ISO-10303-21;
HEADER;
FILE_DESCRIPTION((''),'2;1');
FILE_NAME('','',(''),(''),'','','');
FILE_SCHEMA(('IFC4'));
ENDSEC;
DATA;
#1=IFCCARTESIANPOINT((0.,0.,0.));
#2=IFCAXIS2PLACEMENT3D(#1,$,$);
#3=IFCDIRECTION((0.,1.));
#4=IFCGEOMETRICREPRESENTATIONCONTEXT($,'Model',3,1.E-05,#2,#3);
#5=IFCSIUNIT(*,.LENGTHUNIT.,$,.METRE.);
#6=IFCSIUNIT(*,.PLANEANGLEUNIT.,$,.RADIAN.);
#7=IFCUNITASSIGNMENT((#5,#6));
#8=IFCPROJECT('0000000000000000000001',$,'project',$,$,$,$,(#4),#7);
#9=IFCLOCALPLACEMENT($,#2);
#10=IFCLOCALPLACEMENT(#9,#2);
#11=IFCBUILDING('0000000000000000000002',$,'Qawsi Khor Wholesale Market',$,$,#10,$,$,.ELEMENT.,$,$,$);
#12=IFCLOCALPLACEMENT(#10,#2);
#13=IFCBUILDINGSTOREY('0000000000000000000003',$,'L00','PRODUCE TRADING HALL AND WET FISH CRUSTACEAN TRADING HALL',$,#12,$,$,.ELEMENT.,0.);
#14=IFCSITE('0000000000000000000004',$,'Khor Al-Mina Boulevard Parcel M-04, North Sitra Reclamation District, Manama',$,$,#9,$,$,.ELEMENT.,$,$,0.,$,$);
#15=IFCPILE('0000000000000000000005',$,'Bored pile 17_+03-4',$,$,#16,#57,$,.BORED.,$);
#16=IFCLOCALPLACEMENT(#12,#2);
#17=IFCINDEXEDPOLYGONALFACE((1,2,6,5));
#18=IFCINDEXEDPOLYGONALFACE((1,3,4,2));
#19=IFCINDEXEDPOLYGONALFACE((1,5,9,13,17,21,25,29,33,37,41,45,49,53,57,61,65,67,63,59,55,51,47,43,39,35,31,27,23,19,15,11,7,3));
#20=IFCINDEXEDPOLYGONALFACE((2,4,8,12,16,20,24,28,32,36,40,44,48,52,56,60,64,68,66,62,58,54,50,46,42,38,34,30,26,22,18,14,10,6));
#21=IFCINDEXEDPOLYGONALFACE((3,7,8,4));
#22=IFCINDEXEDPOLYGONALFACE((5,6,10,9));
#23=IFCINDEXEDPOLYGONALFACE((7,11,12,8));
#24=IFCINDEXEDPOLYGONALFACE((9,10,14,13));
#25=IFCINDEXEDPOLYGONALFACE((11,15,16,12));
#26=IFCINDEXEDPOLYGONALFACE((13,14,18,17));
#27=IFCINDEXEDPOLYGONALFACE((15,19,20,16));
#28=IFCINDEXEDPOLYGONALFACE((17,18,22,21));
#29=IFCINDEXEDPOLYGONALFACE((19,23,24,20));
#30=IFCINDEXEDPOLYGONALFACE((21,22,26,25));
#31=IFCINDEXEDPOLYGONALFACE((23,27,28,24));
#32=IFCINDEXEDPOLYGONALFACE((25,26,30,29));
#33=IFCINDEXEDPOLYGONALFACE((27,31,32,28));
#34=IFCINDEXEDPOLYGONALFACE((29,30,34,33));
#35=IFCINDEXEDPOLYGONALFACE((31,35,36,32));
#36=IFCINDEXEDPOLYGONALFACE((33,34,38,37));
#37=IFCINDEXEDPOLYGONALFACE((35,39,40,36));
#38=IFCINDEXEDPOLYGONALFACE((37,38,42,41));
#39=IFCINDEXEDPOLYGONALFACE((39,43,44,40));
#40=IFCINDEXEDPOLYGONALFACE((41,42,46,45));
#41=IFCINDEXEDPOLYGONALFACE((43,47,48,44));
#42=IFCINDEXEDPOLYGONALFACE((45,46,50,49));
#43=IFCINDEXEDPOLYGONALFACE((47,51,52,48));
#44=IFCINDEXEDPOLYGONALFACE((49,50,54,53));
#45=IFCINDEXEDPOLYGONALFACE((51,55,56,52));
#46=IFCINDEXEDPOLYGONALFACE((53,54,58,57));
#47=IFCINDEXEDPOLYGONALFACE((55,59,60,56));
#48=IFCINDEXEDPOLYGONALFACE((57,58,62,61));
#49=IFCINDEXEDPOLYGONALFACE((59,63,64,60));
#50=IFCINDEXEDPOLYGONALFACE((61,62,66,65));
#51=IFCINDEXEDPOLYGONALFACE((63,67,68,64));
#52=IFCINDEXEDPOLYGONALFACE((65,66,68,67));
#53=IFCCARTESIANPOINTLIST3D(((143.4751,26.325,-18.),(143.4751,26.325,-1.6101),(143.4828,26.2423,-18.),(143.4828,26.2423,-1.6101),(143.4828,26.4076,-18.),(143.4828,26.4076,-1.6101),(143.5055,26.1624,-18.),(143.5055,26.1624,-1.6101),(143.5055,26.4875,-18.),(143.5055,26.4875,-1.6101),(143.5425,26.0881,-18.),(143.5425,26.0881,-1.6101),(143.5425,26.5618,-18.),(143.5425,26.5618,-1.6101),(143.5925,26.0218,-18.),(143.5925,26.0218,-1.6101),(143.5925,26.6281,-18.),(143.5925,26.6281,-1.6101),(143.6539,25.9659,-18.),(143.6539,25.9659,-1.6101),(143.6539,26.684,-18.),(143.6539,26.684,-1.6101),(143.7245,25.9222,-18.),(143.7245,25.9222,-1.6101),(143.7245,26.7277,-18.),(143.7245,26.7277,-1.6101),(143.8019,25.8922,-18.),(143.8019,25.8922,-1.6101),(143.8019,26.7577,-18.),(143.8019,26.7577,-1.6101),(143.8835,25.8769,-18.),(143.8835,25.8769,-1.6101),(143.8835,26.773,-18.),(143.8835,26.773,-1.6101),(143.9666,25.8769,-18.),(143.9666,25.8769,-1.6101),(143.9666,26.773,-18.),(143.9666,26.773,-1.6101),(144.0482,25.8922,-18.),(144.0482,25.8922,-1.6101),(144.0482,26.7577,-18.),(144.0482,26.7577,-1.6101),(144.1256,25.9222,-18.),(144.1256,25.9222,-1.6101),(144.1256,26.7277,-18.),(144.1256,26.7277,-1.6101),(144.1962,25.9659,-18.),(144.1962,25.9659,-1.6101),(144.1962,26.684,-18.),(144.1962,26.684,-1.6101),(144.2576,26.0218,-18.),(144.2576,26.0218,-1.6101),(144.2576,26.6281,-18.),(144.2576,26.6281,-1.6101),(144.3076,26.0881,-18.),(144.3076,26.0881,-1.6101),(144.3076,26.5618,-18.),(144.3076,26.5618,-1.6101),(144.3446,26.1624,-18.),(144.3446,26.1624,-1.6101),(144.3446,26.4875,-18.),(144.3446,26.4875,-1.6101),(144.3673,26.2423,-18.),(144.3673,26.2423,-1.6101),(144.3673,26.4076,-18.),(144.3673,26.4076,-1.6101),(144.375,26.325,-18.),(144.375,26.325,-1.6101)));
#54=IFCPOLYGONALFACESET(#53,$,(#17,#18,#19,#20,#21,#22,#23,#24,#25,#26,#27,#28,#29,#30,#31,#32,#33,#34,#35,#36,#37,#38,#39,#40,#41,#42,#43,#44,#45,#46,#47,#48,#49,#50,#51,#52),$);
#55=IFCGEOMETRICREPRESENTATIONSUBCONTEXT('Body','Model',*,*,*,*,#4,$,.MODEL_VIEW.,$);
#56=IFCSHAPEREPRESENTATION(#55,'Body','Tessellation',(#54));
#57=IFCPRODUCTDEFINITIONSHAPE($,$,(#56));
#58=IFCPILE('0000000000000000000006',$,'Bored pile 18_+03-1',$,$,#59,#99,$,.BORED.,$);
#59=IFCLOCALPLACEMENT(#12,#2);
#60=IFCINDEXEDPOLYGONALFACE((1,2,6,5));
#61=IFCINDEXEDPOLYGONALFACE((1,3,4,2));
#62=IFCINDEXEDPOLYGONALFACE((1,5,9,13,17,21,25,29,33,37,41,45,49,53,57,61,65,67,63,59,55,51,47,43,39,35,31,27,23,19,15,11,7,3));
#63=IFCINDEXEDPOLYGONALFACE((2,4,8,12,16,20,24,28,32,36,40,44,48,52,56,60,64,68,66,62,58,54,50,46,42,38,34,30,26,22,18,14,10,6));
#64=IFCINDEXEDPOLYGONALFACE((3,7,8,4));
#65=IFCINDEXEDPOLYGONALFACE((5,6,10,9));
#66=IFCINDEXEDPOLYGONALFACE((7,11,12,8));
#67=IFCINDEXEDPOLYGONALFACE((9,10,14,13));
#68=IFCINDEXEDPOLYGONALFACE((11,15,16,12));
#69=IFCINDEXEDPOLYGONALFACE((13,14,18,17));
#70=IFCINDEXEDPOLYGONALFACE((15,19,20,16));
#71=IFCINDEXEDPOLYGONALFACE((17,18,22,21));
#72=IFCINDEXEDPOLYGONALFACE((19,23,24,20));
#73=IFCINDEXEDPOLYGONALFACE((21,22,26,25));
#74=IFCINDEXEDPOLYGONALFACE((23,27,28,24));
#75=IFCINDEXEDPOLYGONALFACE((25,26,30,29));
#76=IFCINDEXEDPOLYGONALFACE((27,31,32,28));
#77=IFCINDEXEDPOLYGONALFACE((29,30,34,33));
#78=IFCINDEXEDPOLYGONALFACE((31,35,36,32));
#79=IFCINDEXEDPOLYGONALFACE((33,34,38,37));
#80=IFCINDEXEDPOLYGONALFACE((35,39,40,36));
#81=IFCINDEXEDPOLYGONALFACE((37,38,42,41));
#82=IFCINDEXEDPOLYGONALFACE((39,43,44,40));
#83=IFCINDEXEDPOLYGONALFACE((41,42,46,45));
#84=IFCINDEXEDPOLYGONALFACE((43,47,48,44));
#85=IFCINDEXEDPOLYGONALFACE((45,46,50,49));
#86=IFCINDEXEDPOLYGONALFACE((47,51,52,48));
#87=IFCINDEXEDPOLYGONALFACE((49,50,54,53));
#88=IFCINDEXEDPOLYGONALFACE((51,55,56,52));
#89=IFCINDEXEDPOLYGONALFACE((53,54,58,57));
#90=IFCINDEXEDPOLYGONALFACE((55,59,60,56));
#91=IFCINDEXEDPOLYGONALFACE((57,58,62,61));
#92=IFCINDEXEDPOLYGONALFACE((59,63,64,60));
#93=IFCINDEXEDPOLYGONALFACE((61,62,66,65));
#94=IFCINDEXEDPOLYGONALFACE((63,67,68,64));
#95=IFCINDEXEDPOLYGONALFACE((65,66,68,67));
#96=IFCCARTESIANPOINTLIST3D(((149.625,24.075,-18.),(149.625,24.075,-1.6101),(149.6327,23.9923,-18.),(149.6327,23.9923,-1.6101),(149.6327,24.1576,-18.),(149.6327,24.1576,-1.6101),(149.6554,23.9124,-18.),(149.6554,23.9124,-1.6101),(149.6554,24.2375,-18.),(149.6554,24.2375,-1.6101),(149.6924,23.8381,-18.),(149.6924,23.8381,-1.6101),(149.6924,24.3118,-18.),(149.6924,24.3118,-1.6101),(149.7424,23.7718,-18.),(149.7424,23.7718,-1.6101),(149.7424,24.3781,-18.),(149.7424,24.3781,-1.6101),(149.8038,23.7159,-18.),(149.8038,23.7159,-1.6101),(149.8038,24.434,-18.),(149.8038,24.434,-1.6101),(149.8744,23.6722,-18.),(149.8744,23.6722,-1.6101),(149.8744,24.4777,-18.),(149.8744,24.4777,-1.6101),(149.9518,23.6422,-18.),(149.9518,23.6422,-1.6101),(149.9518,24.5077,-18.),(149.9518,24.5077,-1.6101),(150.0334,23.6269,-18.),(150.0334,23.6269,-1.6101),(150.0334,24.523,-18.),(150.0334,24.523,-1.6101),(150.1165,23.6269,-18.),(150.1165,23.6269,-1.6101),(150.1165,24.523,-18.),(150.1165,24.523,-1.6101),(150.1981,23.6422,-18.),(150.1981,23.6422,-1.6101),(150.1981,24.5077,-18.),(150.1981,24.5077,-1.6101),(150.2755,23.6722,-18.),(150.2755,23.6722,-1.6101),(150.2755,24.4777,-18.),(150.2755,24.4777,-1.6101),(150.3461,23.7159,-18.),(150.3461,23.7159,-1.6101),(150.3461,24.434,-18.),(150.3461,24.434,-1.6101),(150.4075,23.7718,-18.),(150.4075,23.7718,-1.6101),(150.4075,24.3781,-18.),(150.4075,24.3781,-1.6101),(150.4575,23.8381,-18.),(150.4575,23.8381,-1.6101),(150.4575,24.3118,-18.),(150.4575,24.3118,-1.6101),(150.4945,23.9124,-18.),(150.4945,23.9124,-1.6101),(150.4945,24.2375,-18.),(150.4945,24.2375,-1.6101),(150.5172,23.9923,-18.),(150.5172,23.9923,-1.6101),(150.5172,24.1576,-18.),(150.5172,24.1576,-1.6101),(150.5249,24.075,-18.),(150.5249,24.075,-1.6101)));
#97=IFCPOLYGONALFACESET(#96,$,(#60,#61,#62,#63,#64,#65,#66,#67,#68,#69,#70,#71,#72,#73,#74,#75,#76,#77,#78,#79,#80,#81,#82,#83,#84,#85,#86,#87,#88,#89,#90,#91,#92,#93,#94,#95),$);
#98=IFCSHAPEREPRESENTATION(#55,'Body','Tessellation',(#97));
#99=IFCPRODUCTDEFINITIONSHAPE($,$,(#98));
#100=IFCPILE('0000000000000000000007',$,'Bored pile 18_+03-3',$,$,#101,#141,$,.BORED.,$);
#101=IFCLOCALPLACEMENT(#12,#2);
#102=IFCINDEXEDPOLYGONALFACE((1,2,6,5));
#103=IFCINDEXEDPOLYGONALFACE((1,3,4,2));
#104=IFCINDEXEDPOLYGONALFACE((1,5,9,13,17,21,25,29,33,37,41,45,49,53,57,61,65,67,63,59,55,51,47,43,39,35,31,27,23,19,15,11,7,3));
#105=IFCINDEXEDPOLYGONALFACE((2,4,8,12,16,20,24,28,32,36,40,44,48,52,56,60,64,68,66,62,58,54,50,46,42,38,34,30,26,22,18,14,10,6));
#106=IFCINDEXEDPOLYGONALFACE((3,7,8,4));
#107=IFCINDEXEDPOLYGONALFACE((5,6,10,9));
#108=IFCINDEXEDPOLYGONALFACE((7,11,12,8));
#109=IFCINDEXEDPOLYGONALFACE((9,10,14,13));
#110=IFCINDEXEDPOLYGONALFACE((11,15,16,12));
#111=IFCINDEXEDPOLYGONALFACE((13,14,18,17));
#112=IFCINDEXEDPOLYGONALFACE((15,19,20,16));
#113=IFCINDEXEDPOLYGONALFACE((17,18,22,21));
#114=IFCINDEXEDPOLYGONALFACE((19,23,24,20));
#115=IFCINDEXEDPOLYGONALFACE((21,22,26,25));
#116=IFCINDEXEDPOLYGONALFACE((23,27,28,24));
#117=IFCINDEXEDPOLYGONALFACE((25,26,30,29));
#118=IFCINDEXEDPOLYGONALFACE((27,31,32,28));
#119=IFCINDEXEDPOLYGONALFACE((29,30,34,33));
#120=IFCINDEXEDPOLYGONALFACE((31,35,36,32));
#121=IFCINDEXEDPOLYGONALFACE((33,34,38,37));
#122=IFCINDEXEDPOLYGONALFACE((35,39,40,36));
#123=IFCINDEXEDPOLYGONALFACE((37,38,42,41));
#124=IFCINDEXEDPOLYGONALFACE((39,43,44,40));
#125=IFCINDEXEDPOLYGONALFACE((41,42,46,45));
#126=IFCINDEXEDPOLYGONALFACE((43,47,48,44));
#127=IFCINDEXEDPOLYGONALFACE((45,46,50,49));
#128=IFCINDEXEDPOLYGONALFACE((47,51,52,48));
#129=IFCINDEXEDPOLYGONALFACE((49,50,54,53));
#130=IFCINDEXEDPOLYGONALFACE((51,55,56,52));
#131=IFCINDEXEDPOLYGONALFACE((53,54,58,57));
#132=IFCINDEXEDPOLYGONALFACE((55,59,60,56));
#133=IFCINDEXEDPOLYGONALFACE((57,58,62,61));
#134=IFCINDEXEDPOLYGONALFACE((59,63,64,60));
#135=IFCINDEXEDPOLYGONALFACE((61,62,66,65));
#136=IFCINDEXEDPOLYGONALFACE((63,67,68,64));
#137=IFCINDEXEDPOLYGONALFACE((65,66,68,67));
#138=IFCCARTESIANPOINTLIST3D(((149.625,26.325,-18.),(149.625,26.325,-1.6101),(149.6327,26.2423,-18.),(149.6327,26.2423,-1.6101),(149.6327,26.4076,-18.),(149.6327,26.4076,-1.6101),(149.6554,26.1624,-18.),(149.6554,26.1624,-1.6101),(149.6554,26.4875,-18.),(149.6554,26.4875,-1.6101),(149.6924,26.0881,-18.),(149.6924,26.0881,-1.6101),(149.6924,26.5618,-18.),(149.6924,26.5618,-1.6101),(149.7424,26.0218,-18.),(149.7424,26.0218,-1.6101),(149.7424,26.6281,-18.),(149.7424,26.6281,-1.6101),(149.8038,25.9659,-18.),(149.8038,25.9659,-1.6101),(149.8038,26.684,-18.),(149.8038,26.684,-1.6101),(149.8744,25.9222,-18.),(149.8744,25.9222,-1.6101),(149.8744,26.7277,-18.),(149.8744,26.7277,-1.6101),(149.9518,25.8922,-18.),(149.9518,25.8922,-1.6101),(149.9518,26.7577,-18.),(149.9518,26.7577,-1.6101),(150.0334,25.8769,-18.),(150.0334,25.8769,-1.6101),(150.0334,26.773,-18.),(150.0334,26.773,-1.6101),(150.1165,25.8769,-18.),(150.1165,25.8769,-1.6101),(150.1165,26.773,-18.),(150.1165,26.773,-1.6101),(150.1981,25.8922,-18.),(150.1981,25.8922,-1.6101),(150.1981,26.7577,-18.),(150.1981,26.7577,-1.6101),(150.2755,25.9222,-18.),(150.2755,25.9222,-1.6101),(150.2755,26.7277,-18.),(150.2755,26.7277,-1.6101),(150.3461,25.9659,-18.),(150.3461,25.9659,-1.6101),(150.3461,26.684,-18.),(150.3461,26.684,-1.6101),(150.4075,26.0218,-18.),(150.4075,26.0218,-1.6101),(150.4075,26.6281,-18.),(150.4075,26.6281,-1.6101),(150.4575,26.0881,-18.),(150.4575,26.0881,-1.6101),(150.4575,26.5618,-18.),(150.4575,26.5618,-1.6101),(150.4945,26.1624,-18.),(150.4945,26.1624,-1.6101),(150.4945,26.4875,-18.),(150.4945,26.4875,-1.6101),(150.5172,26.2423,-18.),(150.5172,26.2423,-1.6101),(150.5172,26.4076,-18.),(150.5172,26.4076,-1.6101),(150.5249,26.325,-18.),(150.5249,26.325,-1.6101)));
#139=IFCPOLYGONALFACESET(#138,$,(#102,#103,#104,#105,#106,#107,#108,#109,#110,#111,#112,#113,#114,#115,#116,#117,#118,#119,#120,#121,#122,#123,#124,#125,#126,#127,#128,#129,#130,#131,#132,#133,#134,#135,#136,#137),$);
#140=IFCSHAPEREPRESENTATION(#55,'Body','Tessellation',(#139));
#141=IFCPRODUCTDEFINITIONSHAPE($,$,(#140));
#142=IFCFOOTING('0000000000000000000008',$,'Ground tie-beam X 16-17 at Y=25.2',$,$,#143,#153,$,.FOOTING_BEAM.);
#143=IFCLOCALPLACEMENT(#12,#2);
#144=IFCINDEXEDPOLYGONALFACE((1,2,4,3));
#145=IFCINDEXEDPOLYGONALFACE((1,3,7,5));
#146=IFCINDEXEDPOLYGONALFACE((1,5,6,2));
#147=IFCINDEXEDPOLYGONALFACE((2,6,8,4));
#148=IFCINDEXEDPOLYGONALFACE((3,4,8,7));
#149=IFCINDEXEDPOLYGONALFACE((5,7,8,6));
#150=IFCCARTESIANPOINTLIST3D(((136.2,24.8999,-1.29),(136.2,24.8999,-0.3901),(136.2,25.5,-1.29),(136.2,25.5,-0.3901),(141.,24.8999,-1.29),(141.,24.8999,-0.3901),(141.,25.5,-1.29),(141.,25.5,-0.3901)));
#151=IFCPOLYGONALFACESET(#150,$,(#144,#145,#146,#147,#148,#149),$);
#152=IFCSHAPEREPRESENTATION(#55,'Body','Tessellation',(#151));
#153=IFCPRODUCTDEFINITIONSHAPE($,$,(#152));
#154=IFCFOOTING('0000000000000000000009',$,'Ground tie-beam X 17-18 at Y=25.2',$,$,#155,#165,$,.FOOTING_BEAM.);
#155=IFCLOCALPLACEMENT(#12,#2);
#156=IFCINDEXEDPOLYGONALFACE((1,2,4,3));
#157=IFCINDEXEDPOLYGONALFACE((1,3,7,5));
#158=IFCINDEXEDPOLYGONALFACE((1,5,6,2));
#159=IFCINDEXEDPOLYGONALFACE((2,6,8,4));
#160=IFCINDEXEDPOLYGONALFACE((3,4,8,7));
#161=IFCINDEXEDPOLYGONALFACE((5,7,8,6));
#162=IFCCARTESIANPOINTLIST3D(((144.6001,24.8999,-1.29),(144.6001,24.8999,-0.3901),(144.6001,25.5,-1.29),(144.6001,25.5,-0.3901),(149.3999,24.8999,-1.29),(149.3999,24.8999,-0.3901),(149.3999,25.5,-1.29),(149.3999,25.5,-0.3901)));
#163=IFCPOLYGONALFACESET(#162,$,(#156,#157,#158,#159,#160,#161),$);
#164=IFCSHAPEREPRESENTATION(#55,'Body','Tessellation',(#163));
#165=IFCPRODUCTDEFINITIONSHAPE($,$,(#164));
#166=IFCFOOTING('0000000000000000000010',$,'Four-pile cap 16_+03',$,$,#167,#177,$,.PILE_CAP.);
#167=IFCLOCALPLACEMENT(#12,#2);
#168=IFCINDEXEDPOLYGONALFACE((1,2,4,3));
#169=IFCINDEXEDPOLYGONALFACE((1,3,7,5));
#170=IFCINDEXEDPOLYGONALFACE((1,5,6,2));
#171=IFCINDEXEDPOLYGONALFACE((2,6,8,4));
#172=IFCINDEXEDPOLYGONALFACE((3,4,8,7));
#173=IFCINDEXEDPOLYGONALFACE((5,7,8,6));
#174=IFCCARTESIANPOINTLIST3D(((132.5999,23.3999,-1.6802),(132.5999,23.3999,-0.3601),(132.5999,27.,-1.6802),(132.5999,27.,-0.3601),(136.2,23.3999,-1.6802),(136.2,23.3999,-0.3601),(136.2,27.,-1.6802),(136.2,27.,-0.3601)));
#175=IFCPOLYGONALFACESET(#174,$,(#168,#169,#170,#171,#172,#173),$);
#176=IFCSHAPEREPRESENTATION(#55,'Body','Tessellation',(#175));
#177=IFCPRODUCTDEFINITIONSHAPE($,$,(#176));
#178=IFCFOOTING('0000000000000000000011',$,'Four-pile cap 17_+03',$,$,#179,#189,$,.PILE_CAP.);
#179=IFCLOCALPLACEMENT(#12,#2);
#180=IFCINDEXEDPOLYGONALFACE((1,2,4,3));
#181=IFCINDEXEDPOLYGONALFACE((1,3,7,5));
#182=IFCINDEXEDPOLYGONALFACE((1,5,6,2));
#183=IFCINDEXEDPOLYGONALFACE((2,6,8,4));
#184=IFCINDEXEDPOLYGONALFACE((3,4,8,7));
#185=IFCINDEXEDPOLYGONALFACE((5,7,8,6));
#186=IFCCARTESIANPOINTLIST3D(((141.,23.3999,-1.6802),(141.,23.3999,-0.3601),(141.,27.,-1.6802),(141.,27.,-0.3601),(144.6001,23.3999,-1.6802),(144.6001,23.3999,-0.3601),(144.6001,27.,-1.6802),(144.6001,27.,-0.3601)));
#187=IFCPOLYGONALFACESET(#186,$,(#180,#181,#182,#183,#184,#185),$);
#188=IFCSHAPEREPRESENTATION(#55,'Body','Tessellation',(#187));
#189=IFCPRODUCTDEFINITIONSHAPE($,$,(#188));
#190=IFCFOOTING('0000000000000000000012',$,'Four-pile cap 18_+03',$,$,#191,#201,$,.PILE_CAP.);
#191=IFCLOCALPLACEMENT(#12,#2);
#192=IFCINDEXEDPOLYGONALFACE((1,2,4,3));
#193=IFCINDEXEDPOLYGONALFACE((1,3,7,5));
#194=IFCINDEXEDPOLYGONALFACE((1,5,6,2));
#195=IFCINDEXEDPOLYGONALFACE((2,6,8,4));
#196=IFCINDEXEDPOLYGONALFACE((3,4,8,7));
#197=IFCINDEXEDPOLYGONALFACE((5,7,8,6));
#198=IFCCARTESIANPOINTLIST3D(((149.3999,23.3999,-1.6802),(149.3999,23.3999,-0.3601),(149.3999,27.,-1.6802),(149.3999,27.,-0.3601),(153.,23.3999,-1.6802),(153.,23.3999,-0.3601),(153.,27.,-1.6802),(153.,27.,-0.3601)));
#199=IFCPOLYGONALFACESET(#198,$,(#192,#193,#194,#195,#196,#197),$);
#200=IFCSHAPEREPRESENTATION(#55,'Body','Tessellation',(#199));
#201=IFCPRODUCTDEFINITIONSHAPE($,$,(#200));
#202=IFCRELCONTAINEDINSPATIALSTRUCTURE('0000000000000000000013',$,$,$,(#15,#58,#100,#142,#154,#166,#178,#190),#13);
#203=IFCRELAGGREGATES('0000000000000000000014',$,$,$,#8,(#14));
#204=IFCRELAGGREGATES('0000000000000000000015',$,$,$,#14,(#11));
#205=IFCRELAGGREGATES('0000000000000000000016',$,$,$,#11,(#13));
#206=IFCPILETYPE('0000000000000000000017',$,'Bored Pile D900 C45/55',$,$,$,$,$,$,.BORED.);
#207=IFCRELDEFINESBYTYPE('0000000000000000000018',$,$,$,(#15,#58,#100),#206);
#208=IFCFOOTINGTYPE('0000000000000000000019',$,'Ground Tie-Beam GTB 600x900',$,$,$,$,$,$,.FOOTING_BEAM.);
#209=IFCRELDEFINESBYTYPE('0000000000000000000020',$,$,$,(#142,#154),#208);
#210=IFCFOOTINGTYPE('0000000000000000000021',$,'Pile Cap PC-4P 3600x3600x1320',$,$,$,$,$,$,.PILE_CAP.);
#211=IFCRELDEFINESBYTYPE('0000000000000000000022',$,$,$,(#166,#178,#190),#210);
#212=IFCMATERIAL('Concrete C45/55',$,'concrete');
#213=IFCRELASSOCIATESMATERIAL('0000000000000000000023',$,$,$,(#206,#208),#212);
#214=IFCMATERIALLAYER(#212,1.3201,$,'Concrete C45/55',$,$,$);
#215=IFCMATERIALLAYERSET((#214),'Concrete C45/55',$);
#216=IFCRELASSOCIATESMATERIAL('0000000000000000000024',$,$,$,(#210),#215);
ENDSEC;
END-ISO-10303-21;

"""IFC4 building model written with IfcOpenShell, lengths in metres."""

from ifc_helpers import new_model, si_unit, direction, frame, origin, origin_2d, place, context, subcontext, project, spatial, rectangle, circle, extrude, material, layer, layer_set, material_profile, profile_set, type_object, element, save


model = new_model("IFC4")

# Units and contexts
model_context = context("Model", 3, precision=1e-05, world=origin(), true_north=direction((0.0, 1.0)))
body_context = subcontext(model_context, "Body", "Model", "MODEL_VIEW")
ifc_project = project(units=[si_unit("LENGTHUNIT", "METRE"), si_unit("PLANEANGLEUNIT", "RADIAN")], contexts=[model_context])

# Site, building, storey
site_placement = place(None, origin())
site = spatial("IfcSite", under=ifc_project, at=site_placement, Name="Khor Al-Mina Boulevard Parcel M-04, North Sitra Reclamation District, Manama", CompositionType="ELEMENT", RefElevation=0.0)
building_placement = place(site_placement, origin())
building = spatial("IfcBuilding", under=site, at=building_placement, Name="Qawsi Khor Wholesale Market", CompositionType="ELEMENT")
storey_placement = place(building_placement, origin())
storey = spatial("IfcBuildingStorey", under=building, at=storey_placement, Name="L00", Description="PRODUCE TRADING HALL AND WET FISH CRUSTACEAN TRADING HALL", CompositionType="ELEMENT", Elevation=0.0)

# Piles
ifc_material_1 = material(Name="Concrete C45/55", Category="concrete")
ifc_material_profile_1 = material_profile(ifc_material_1, circle(Radius=0.45, at=origin_2d()), Name="PILE D900")
ifc_profile_set_1 = profile_set([ifc_material_profile_1], Name="Concrete C45/55")
pile_type = type_object("IfcPileType", Name="Bored Pile D900 C45/55", PredefinedType="BORED", material=ifc_profile_set_1)
for number, where, z_axis, x_axis, name in (
    (1, (143.925, 26.325, -1.6101), (0.0, 0.0, -1.0), (1.0, 0.0, 0.0), "Bored pile 17_+03-4"),
    (2, (150.075, 24.075, -1.6101), (0.0, 0.0, -1.0), (1.0, 0.0, 0.0), "Bored pile 18_+03-1"),
    (3, (150.075, 26.325, -1.6101), (0.0, 0.0, -1.0), (1.0, 0.0, 0.0), "Bored pile 18_+03-3"),
):
    element("IfcPile", number, at=place(storey_placement, frame(where, z_axis=z_axis, x_axis=x_axis)), inside=storey, type_object=pile_type, Name=name, PredefinedType="BORED", context=body_context, shape_type="SweptSolid", body=[
        extrude(circle(Radius=0.45, at=origin_2d()), origin(), (0.0, 0.0, 1.0), 16.3899),
    ])

# Footings
ifc_material_profile_2 = material_profile(ifc_material_1, rectangle(XDim=0.6001, YDim=0.8999, at=origin_2d()), Name="RC 600x900")
ifc_profile_set_2 = profile_set([ifc_material_profile_2], Name="Concrete C45/55")
footing_type_1 = type_object("IfcFootingType", Name="Ground Tie-Beam GTB 600x900", PredefinedType="FOOTING_BEAM", material=ifc_profile_set_2)
footing_1_placement = place(storey_placement, frame((136.2, 25.2, -0.8401), z_axis=(1.0, 0.0, 0.0), x_axis=(0.0, 1.0, 0.0)))
element("IfcFooting", 4, at=footing_1_placement, inside=storey, type_object=footing_type_1, Name="Ground tie-beam X 16-17 at Y=25.2", PredefinedType="FOOTING_BEAM", context=body_context, shape_type="SweptSolid", body=[
    extrude(rectangle(XDim=0.6001, YDim=0.8999, at=origin_2d()), origin(), (0.0, 0.0, 1.0), 4.8),
])
footing_2_placement = place(storey_placement, frame((144.6001, 25.2, -0.8401), z_axis=(1.0, 0.0, 0.0), x_axis=(0.0, 1.0, 0.0)))
element("IfcFooting", 5, at=footing_2_placement, inside=storey, type_object=footing_type_1, Name="Ground tie-beam X 17-18 at Y=25.2", PredefinedType="FOOTING_BEAM", context=body_context, shape_type="SweptSolid", body=[
    extrude(rectangle(XDim=0.6001, YDim=0.8999, at=origin_2d()), origin(), (0.0, 0.0, 1.0), 4.7998),
])
ifc_layer_1 = layer(ifc_material_1, 1.3201, Name="Concrete C45/55")
ifc_layer_set_1 = layer_set([ifc_layer_1], Name="Concrete C45/55")
footing_type_2 = type_object("IfcFootingType", Name="Pile Cap PC-4P 3600x3600x1320", PredefinedType="PILE_CAP", material=ifc_layer_set_1)
for number, where, z_axis, x_axis, name in (
    (6, (134.3999, 25.2, -1.6802), (0.0, 0.0, 1.0), (1.0, 0.0, 0.0), "Four-pile cap 16_+03"),
    (7, (142.8, 25.2, -1.6802), (0.0, 0.0, 1.0), (1.0, 0.0, 0.0), "Four-pile cap 17_+03"),
    (8, (151.2, 25.2, -1.6802), (0.0, 0.0, 1.0), (1.0, 0.0, 0.0), "Four-pile cap 18_+03"),
):
    element("IfcFooting", number, at=place(storey_placement, frame(where, z_axis=z_axis, x_axis=x_axis)), inside=storey, type_object=footing_type_2, Name=name, PredefinedType="PILE_CAP", context=body_context, shape_type="SweptSolid", body=[
        extrude(rectangle(XDim=3.6001, YDim=3.6001, at=origin_2d()), origin(), (0.0, 0.0, 1.0), 1.3201),
    ])

save(model, "model.ifc")
